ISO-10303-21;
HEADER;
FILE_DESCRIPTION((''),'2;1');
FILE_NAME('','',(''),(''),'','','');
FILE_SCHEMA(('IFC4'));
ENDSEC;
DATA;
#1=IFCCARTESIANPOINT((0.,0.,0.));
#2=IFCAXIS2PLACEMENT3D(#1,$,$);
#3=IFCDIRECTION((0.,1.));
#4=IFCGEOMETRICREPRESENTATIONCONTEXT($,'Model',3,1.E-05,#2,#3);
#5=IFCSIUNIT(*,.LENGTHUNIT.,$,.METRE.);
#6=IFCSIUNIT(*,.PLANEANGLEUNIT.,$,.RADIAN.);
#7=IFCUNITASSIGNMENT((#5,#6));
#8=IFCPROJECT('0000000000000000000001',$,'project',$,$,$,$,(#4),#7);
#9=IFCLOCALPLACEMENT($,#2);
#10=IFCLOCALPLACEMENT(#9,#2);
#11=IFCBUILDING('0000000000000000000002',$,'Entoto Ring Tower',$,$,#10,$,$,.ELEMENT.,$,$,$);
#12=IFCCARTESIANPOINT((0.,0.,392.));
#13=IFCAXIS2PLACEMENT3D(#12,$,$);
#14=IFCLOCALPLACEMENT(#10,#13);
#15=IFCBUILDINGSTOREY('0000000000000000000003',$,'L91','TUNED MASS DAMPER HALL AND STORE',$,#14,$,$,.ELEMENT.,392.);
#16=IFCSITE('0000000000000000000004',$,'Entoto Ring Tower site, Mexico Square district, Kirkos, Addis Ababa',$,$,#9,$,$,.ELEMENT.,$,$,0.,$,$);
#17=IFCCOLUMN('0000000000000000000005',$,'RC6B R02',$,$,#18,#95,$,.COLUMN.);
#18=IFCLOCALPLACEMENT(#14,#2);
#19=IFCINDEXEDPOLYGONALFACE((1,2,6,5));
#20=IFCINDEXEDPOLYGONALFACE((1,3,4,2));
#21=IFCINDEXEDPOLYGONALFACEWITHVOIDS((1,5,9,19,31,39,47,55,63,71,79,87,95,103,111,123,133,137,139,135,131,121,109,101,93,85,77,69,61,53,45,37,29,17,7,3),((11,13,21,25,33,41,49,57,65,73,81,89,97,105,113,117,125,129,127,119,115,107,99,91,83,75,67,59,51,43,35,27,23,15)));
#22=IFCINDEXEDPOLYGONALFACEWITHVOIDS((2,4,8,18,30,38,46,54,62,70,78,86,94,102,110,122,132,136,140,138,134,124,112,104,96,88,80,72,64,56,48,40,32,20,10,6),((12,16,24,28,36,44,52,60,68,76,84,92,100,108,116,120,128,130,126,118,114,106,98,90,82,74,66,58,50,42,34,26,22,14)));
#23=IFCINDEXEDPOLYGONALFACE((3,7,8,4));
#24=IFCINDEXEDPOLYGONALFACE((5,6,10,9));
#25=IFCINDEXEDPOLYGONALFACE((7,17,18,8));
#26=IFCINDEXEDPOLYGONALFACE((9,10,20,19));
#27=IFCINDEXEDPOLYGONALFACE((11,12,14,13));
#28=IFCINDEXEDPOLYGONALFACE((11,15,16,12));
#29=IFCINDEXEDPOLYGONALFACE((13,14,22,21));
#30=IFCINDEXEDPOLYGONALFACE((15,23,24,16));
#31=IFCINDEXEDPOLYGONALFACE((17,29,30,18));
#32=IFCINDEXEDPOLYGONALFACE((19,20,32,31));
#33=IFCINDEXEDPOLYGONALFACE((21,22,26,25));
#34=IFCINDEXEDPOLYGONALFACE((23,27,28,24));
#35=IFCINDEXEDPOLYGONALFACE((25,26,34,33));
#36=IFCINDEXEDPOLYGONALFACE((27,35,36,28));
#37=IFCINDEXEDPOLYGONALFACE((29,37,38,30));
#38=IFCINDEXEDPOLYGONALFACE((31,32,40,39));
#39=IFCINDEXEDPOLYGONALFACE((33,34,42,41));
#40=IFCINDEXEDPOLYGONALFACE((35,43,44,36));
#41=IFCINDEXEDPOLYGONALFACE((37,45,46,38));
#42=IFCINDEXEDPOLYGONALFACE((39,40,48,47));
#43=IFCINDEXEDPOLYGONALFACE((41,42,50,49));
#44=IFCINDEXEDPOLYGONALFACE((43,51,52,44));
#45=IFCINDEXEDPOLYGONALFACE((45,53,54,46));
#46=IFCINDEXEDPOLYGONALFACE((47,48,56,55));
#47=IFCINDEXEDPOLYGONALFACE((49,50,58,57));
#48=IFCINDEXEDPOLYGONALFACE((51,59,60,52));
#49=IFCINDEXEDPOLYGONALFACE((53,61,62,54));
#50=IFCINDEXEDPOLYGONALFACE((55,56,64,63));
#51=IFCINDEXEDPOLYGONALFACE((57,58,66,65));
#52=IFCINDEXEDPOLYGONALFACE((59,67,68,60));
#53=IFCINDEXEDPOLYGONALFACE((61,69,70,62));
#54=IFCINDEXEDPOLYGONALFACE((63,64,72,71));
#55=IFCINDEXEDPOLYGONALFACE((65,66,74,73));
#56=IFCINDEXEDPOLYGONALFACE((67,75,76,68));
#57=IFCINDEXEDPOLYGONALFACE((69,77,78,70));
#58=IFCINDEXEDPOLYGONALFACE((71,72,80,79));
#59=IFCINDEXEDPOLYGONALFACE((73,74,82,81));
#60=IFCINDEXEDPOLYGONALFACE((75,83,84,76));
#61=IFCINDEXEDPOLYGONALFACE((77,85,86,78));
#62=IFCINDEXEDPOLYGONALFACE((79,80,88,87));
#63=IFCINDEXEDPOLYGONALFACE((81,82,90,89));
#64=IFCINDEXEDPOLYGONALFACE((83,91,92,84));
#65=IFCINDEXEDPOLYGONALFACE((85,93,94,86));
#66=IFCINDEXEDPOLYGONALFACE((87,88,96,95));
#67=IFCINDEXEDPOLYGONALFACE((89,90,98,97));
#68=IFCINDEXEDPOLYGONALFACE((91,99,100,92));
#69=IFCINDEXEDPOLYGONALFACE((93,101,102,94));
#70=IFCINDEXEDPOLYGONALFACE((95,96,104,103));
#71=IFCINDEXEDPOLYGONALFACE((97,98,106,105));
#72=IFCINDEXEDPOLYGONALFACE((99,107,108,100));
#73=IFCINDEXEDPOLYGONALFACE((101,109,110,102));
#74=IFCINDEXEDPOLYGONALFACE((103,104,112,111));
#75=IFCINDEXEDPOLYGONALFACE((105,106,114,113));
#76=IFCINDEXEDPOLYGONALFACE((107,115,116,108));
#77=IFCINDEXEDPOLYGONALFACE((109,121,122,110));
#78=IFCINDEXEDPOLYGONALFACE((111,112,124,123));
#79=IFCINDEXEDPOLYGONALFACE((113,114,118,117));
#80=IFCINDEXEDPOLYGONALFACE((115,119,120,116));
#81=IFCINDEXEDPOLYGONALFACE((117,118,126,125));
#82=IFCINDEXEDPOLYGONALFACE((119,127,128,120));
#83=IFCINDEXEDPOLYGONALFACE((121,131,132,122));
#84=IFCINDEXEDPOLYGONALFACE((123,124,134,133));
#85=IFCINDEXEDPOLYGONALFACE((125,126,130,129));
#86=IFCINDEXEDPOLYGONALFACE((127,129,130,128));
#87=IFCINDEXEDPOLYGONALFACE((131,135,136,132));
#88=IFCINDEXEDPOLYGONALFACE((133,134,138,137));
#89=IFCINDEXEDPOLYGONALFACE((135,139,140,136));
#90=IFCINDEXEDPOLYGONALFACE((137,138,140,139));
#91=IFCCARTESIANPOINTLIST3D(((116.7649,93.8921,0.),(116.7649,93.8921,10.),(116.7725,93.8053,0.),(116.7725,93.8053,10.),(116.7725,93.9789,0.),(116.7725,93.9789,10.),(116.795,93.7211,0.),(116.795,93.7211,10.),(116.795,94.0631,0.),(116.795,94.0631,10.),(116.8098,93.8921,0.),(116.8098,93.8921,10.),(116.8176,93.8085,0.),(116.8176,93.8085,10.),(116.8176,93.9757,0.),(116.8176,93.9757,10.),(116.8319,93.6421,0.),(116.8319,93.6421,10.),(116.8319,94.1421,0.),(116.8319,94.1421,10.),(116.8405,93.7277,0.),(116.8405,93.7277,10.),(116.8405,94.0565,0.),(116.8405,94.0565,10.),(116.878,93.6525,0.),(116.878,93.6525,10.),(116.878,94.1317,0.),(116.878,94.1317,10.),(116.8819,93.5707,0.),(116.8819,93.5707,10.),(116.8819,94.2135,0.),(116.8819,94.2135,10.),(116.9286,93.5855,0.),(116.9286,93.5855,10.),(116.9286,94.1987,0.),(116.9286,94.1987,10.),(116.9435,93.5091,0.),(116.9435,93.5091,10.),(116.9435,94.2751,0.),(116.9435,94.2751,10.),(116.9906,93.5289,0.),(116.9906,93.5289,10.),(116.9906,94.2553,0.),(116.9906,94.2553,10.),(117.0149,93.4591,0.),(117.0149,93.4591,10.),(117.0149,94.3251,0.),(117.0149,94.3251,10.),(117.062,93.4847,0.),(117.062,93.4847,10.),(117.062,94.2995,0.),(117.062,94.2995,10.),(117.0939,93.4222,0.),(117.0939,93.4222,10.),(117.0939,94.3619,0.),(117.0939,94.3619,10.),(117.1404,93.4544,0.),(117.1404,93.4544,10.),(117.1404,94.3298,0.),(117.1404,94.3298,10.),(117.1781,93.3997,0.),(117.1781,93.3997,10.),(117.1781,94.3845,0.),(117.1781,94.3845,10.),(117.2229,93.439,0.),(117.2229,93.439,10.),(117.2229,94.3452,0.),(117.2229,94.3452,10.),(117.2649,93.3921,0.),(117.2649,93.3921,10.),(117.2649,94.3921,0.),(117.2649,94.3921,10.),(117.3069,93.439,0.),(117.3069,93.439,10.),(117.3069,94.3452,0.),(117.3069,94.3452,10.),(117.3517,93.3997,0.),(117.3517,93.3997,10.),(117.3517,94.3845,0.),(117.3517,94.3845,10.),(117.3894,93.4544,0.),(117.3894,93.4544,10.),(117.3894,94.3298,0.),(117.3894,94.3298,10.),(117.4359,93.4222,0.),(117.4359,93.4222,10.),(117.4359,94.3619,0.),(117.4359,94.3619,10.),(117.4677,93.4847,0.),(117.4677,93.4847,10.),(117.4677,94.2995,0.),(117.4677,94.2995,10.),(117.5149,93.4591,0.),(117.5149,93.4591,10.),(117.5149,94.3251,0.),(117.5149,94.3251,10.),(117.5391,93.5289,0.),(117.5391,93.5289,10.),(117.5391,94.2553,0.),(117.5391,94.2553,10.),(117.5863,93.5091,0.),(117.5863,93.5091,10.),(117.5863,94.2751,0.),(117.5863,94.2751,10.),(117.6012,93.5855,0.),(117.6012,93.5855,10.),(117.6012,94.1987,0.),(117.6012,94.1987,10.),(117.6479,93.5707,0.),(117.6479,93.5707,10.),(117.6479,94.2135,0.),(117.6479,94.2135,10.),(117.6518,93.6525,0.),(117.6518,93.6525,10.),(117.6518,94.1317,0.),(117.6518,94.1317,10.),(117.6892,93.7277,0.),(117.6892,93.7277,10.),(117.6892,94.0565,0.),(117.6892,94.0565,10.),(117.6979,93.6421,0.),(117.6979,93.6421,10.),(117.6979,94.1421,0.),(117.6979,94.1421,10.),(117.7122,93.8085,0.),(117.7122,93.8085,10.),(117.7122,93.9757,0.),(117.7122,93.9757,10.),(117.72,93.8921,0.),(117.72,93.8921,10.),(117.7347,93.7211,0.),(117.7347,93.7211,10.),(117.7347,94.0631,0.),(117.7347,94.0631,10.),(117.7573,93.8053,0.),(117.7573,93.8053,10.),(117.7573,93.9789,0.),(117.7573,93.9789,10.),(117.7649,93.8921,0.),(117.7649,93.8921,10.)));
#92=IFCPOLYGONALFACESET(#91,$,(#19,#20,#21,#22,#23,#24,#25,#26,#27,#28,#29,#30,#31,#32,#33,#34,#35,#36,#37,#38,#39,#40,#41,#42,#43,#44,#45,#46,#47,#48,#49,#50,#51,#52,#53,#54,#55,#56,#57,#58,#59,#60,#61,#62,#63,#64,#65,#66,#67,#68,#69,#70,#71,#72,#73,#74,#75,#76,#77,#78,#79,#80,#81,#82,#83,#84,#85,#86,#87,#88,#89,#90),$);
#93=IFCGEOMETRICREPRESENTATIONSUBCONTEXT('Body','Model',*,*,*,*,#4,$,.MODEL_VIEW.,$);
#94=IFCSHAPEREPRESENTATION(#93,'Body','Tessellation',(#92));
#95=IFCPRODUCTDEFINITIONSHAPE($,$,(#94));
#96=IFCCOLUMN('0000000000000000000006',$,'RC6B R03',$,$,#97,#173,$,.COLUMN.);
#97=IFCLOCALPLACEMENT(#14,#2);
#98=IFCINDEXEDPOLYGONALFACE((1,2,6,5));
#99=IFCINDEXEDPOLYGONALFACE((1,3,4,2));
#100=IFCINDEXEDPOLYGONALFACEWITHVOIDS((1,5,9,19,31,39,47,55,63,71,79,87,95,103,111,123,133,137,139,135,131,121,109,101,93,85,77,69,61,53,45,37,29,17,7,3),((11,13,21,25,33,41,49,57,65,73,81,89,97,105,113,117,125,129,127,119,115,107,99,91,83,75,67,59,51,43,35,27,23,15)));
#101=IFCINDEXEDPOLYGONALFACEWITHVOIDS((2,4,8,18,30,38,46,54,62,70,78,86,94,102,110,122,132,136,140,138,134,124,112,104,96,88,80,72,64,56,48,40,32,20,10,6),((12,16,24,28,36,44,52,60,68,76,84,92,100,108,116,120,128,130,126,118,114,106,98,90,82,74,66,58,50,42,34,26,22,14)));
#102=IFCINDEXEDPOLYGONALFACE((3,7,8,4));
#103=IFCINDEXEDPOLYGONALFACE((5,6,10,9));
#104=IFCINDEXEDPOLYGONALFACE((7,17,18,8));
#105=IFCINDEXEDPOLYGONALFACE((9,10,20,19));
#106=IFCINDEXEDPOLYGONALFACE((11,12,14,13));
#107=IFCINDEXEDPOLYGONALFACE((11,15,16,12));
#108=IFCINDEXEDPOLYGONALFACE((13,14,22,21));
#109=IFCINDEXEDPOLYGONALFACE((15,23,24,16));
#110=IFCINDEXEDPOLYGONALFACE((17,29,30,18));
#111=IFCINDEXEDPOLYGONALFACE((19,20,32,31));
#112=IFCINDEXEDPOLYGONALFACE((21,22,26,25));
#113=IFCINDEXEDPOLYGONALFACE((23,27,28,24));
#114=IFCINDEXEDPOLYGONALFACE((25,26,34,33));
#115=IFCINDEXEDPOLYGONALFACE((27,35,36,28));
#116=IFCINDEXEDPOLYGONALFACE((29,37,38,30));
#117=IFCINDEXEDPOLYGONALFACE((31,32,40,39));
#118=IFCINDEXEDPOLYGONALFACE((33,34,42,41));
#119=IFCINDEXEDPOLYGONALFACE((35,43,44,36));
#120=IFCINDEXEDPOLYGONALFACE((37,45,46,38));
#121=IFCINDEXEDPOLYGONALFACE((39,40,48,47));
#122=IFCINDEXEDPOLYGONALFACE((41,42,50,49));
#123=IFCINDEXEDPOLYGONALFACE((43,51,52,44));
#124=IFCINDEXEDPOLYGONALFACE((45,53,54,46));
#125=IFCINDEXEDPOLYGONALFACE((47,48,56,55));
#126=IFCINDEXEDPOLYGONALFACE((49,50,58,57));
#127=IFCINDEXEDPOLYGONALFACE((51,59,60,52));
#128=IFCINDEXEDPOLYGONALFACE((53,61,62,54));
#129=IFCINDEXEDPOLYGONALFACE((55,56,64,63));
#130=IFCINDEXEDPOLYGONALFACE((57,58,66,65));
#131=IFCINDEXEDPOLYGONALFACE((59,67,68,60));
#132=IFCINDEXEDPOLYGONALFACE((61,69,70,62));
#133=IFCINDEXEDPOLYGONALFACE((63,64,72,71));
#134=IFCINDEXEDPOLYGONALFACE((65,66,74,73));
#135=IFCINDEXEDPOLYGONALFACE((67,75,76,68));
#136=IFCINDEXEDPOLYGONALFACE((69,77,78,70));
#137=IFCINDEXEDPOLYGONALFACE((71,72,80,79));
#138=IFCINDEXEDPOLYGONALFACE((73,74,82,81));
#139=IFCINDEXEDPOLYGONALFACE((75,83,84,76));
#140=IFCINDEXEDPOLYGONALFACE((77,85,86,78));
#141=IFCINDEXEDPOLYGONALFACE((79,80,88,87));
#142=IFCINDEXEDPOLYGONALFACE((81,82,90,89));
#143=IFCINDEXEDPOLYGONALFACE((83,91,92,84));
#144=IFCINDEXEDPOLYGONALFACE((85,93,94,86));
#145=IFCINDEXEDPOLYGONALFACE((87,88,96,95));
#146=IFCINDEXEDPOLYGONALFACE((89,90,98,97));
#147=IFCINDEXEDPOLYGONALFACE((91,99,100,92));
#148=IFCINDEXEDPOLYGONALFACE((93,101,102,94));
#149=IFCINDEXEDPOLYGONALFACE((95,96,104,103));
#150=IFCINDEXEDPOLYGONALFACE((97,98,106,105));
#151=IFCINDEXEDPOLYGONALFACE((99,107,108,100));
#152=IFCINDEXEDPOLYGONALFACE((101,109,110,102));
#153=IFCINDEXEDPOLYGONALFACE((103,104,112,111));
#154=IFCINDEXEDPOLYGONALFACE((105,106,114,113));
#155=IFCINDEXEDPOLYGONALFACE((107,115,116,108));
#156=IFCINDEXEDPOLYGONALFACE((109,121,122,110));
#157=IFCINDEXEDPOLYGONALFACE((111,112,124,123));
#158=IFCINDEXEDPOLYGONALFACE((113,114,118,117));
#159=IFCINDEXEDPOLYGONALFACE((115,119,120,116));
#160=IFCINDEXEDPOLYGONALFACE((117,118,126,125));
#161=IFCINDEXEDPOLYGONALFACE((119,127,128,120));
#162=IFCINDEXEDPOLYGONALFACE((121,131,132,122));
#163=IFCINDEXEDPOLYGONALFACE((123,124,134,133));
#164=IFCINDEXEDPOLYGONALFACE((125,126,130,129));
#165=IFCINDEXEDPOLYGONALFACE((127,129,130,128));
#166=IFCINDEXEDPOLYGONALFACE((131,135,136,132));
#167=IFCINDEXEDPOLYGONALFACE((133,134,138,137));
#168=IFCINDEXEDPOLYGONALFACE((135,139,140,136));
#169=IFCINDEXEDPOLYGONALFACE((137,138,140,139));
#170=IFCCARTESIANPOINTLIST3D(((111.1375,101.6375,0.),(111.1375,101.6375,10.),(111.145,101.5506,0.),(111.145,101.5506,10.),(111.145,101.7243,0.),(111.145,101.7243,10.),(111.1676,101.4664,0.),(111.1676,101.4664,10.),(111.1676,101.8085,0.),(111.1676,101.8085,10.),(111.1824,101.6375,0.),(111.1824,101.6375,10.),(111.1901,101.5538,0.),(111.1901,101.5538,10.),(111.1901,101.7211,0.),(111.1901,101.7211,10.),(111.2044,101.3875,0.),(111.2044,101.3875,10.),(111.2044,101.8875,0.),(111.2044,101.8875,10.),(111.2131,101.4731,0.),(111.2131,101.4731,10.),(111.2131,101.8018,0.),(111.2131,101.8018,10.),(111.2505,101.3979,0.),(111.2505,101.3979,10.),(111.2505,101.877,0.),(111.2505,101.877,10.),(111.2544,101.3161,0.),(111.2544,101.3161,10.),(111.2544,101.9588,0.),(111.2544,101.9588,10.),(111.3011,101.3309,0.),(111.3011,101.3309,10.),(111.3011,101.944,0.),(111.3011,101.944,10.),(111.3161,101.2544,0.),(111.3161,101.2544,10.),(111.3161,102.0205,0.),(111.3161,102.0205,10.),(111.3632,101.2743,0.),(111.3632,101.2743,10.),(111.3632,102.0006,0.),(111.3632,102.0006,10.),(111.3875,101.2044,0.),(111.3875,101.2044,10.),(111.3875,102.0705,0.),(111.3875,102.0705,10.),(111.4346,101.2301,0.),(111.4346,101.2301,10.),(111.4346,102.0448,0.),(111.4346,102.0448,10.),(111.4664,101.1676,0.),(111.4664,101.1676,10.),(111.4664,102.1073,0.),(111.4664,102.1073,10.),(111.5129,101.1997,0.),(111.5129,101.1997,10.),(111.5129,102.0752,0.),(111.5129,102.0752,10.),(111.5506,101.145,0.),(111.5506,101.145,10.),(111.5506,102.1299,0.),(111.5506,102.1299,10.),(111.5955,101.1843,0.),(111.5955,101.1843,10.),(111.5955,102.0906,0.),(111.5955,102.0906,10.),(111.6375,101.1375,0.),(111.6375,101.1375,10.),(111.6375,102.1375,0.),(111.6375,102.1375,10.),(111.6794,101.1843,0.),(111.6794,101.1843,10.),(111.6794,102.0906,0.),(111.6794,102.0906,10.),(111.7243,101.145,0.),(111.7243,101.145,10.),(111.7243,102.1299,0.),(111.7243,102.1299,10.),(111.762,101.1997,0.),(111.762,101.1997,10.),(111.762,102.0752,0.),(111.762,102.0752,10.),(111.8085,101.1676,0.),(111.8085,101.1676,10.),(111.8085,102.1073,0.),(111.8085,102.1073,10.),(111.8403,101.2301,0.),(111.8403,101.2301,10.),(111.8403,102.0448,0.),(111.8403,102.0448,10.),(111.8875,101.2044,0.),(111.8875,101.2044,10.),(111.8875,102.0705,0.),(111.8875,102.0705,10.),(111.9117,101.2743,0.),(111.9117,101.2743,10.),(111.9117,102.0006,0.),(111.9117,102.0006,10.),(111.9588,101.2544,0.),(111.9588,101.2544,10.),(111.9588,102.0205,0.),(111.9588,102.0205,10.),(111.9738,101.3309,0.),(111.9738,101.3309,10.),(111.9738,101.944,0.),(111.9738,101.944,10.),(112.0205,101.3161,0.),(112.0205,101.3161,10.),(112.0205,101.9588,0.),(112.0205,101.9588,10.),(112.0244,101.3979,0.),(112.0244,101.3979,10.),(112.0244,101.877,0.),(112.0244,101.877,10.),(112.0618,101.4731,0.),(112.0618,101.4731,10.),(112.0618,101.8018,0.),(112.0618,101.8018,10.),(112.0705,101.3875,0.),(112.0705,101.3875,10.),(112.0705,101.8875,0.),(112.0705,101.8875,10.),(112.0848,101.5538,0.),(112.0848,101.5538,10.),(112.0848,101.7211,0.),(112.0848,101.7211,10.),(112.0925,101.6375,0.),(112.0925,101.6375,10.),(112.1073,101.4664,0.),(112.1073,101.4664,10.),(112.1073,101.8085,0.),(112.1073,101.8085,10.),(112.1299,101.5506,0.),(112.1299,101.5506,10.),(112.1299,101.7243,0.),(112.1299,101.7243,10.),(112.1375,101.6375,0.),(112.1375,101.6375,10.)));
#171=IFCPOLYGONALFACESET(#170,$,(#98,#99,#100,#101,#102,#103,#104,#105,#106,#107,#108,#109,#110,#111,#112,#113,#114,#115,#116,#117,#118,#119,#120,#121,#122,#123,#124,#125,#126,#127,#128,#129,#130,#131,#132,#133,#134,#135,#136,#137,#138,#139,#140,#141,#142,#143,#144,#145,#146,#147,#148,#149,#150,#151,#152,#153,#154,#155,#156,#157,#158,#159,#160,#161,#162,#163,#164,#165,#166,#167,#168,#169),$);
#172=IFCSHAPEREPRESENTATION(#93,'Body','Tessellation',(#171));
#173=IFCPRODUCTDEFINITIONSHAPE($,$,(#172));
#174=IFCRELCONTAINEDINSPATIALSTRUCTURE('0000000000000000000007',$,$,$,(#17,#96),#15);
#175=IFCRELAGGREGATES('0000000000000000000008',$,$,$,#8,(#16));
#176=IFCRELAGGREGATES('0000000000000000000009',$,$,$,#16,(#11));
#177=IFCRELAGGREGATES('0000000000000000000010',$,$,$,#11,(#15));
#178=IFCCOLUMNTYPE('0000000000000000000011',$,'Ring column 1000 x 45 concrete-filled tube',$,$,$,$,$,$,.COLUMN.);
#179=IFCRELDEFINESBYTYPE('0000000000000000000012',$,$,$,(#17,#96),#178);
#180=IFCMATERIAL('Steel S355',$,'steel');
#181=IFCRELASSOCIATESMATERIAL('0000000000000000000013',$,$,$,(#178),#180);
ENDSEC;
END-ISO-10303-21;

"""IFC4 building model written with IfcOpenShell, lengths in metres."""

from ifc_helpers import new_model, si_unit, direction, frame, origin, origin_2d, place, context, subcontext, project, spatial, circle, hollow_circle, extrude, material, material_profile, profile_set, type_object, element, save


model = new_model("IFC4")

# Units and contexts
model_context = context("Model", 3, precision=1e-05, world=origin(), true_north=direction((0.0, 1.0)))
body_context = subcontext(model_context, "Body", "Model", "MODEL_VIEW")
ifc_project = project(units=[si_unit("LENGTHUNIT", "METRE"), si_unit("PLANEANGLEUNIT", "RADIAN")], contexts=[model_context])

# Site, building, storey
site_placement = place(None, origin())
site = spatial("IfcSite", under=ifc_project, at=site_placement, Name="Entoto Ring Tower site, Mexico Square district, Kirkos, Addis Ababa", CompositionType="ELEMENT", RefElevation=0.0)
building_placement = place(site_placement, origin())
building = spatial("IfcBuilding", under=site, at=building_placement, Name="Entoto Ring Tower", CompositionType="ELEMENT")
storey_placement = place(building_placement, frame((0.0, 0.0, 392.0)))
storey = spatial("IfcBuildingStorey", under=building, at=storey_placement, Name="L91", Description="TUNED MASS DAMPER HALL AND STORE", CompositionType="ELEMENT", Elevation=392.0)

# Columns
ifc_material_1 = material(Name="Steel S355", Category="steel")
ifc_material_profile_1 = material_profile(ifc_material_1, hollow_circle(Radius=0.5, WallThickness=0.0449, at=origin_2d()), Name="CHS 1000 x 45")
ifc_material_2 = material(Name="Concrete C60/75", Category="concrete")
ifc_material_profile_2 = material_profile(ifc_material_2, circle(Radius=0.4551, at=origin_2d()), Name="Concrete C60/75 infill")
ifc_profile_set_1 = profile_set([ifc_material_profile_1, ifc_material_profile_2], Name="Steel S355")
column_type = type_object("IfcColumnType", Name="Ring column 1000 x 45 concrete-filled tube", PredefinedType="COLUMN", material=ifc_profile_set_1)
for number, where, z_axis, x_axis, name in (
    (1, (117.2649, 93.8921, 0.0), (0.0, 0.0, 1.0), (1.0, 0.0, 0.0), "RC6B R02"),
    (2, (111.6375, 101.6375, 0.0), (0.0, 0.0, 1.0), (1.0, 0.0, 0.0), "RC6B R03"),
):
    element("IfcColumn", number, at=place(storey_placement, frame(where, z_axis=z_axis, x_axis=x_axis)), inside=storey, type_object=column_type, Name=name, PredefinedType="COLUMN", context=body_context, shape_type="SweptSolid", body=[
        extrude(hollow_circle(Radius=0.5, WallThickness=0.0449, at=origin_2d()), origin(), (0.0, 0.0, 1.0), 10.0),
    ])

save(model, "model.ifc")
